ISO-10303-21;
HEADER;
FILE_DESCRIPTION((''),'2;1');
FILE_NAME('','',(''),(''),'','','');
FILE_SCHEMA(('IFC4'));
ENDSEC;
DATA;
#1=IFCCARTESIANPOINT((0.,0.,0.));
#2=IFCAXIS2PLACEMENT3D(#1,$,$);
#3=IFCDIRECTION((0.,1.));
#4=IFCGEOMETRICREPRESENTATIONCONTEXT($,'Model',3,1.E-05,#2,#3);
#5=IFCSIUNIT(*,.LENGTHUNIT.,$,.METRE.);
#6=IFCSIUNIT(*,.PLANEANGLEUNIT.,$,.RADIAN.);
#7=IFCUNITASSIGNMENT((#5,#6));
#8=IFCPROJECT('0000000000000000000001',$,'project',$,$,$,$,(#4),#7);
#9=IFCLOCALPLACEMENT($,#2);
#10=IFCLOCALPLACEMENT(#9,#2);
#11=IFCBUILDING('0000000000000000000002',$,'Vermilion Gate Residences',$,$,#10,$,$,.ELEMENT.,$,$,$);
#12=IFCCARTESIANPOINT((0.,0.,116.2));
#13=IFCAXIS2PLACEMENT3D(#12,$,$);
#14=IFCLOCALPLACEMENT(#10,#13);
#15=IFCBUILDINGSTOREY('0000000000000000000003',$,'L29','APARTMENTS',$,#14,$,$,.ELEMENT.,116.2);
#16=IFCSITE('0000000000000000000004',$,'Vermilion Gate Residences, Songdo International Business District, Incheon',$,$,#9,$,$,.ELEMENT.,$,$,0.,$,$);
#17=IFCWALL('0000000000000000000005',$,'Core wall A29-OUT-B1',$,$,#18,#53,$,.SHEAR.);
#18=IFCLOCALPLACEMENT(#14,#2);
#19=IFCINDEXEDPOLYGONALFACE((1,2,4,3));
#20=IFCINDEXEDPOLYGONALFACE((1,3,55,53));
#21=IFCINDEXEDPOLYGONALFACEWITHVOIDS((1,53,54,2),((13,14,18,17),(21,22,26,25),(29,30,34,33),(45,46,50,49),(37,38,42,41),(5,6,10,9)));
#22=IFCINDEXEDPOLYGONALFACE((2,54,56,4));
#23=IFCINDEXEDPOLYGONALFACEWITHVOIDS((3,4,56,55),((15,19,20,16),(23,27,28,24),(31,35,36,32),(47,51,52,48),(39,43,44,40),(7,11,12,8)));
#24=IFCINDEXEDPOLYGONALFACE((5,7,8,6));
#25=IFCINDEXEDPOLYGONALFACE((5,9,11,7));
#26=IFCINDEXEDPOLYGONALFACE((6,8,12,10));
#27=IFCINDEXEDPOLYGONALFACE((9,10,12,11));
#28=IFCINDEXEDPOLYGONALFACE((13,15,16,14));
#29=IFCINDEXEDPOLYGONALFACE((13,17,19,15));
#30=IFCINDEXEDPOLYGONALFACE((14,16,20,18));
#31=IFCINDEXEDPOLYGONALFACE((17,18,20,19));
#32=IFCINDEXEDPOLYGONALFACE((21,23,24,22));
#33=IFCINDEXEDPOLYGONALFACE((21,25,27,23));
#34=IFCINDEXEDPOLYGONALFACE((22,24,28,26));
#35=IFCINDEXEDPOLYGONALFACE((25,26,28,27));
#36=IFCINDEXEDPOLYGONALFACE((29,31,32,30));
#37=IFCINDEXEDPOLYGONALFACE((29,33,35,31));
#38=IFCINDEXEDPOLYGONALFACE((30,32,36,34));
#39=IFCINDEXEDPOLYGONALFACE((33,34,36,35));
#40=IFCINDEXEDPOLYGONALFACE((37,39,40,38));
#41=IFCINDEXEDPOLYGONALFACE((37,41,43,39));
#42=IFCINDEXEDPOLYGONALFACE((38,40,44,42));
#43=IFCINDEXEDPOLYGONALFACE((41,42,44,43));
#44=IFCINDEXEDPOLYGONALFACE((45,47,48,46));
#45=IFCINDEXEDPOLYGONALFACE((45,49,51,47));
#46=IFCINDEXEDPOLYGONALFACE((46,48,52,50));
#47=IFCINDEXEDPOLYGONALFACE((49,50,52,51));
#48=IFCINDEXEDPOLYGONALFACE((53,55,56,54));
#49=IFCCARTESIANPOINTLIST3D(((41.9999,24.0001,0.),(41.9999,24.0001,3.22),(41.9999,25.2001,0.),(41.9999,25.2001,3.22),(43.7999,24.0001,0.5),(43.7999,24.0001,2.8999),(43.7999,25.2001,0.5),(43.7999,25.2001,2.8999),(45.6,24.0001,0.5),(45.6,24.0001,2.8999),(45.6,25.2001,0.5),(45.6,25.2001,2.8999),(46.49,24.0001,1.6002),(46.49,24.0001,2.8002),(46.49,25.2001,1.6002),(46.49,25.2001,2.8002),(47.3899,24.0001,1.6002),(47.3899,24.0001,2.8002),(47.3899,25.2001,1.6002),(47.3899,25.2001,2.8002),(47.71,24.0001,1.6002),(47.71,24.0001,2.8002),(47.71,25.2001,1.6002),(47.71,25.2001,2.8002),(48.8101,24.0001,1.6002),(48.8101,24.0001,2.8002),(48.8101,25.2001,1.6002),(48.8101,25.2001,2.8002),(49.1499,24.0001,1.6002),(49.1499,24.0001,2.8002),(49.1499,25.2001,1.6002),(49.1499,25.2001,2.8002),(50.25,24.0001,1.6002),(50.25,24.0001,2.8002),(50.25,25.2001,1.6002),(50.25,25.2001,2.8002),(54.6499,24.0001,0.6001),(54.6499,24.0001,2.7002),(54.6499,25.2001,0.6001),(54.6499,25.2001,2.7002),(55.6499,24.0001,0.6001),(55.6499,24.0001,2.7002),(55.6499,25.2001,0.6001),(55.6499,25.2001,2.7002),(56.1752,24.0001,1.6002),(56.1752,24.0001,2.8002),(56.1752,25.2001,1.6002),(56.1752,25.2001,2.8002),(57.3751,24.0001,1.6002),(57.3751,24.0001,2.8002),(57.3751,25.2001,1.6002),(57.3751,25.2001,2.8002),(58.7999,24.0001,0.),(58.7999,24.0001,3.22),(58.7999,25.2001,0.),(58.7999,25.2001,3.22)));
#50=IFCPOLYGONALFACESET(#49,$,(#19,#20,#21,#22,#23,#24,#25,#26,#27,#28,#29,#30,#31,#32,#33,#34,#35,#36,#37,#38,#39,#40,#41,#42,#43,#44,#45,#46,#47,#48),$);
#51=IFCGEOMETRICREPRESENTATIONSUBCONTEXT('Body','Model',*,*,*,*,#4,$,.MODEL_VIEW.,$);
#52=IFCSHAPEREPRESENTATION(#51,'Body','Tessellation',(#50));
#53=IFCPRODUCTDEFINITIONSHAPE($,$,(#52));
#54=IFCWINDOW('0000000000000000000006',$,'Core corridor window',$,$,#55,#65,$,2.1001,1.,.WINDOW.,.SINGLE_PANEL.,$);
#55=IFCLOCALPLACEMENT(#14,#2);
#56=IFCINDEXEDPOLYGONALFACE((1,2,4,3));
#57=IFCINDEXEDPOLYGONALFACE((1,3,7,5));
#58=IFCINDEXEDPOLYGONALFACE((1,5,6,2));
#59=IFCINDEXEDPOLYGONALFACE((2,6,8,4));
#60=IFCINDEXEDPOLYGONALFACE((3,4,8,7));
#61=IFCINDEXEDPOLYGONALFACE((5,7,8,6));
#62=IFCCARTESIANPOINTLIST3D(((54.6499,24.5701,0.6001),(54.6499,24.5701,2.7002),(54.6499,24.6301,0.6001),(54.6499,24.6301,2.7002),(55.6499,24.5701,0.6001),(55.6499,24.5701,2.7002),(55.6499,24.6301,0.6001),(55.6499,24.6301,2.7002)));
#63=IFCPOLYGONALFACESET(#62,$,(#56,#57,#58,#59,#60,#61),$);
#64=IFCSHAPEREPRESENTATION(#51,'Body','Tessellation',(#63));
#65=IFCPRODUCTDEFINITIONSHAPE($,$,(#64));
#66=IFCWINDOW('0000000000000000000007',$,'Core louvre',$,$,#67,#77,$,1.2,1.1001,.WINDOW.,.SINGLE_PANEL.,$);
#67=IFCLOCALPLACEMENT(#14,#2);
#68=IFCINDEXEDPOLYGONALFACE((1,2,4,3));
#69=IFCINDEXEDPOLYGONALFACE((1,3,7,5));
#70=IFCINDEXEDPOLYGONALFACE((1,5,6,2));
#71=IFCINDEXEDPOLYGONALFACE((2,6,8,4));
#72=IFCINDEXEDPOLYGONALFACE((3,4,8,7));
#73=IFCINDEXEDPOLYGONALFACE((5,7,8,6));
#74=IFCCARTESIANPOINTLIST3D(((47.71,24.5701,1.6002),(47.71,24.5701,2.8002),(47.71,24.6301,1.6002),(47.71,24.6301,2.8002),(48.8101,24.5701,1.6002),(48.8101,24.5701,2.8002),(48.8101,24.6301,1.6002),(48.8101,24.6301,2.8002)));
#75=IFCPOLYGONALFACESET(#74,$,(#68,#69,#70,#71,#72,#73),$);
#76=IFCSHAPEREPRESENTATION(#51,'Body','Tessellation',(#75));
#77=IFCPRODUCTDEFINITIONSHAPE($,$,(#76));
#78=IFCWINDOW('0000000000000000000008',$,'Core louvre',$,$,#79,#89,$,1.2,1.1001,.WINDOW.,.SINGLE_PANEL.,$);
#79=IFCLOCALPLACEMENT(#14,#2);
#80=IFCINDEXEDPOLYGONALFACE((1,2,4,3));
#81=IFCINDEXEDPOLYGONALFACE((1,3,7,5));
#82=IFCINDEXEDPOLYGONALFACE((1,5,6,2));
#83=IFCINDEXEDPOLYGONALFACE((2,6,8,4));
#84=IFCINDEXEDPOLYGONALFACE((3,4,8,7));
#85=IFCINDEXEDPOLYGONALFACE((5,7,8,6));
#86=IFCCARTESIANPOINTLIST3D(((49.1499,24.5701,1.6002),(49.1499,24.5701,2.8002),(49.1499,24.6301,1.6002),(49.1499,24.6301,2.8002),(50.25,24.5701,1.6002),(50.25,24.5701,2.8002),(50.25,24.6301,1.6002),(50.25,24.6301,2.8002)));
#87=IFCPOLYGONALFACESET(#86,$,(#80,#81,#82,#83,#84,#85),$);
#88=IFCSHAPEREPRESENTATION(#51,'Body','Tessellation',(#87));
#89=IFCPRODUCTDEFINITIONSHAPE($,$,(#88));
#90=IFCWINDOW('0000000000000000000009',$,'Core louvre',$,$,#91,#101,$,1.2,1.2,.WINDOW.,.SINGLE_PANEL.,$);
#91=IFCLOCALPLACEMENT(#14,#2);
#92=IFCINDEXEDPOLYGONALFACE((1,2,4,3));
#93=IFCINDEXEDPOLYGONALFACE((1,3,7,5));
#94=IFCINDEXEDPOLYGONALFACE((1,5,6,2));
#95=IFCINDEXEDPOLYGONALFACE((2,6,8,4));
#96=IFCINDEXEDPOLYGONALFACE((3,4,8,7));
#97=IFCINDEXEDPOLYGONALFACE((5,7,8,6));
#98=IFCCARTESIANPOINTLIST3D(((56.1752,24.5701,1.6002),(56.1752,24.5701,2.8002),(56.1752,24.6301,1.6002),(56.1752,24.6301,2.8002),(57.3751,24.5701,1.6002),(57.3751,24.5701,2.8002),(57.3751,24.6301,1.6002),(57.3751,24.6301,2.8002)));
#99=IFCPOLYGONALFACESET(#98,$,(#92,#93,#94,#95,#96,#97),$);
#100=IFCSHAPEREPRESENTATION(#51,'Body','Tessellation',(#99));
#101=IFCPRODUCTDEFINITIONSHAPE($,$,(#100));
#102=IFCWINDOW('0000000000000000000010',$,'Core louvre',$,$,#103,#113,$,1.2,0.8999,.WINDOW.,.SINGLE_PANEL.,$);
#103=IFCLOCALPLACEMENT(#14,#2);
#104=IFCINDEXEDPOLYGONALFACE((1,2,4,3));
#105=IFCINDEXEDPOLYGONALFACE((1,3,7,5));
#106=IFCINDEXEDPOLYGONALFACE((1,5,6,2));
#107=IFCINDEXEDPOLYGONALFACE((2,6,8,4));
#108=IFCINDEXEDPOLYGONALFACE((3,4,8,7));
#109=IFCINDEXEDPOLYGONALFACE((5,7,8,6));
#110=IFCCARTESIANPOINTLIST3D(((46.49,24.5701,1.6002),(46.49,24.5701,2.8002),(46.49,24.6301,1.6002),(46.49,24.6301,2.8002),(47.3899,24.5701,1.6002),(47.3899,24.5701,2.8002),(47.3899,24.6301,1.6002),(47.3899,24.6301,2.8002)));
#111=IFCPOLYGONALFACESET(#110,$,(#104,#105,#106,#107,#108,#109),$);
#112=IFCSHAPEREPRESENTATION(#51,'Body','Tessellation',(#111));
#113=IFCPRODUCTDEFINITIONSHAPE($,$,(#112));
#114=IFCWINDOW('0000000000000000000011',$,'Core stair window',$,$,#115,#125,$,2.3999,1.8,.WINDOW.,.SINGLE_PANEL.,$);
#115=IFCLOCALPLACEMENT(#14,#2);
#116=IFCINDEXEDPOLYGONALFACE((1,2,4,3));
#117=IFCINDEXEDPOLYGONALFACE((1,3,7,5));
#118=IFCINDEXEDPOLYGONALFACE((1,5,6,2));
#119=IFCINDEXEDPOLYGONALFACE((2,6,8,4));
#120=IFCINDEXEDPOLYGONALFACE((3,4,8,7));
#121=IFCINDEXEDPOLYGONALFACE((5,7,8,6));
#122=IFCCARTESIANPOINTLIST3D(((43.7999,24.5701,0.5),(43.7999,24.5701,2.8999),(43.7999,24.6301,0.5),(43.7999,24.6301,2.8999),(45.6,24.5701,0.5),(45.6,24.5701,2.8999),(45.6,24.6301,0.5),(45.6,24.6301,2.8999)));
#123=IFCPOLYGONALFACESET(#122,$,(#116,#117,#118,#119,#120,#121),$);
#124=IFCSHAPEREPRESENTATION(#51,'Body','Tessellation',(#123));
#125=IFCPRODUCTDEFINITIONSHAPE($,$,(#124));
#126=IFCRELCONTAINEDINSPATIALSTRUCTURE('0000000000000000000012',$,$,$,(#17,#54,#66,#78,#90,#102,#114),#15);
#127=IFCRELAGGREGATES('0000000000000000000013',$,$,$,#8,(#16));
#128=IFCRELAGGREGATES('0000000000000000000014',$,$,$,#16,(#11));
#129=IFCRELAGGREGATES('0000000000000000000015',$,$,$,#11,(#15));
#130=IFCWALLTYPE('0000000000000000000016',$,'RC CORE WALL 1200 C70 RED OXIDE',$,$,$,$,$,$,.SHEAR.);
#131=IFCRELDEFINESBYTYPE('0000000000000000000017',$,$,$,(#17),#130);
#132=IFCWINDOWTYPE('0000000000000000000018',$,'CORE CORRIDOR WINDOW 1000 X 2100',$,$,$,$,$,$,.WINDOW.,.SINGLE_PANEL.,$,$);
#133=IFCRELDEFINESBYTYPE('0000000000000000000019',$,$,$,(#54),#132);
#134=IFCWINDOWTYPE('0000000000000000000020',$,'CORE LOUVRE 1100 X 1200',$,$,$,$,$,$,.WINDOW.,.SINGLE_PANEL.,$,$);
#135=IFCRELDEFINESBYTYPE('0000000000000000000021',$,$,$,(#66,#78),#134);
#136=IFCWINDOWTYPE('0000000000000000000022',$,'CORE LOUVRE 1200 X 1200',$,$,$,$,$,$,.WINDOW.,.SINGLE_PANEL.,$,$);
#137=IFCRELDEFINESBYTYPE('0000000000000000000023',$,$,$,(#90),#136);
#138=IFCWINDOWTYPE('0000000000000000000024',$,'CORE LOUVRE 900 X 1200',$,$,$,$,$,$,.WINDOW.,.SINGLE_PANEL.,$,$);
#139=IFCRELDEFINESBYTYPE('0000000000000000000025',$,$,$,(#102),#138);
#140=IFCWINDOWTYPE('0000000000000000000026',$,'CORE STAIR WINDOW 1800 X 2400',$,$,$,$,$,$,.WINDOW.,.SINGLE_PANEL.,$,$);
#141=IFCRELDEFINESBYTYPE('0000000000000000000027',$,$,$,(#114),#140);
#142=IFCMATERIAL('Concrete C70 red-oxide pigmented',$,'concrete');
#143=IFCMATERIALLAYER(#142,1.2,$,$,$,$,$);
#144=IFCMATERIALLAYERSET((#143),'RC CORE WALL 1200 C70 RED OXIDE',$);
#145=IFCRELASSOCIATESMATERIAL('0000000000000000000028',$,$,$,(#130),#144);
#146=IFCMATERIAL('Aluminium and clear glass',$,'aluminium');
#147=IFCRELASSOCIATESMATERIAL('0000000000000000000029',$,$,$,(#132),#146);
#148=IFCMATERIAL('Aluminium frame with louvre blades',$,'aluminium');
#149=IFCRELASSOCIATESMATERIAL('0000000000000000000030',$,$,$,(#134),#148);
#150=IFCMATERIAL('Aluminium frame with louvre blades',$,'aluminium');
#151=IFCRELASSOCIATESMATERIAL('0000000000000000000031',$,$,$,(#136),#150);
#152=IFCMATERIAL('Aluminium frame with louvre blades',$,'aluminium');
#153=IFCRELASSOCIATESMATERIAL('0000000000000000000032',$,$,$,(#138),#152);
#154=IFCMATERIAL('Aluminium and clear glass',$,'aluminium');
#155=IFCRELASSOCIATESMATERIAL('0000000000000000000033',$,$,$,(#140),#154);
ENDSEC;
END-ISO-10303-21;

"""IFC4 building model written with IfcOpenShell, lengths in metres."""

from ifc_helpers import new_model, si_unit, direction, frame, frame_2d, origin, place, context, subcontext, project, spatial, rectangle, extrude, material, layer, layer_set, type_object, element, fill, save


model = new_model("IFC4")

# Units and contexts
model_context = context("Model", 3, precision=1e-05, world=origin(), true_north=direction((0.0, 1.0)))
body_context = subcontext(model_context, "Body", "Model", "MODEL_VIEW")
ifc_project = project(units=[si_unit("LENGTHUNIT", "METRE"), si_unit("PLANEANGLEUNIT", "RADIAN")], contexts=[model_context])

# Site, building, storey
site_placement = place(None, origin())
site = spatial("IfcSite", under=ifc_project, at=site_placement, Name="Vermilion Gate Residences, Songdo International Business District, Incheon", CompositionType="ELEMENT", RefElevation=0.0)
building_placement = place(site_placement, origin())
building = spatial("IfcBuilding", under=site, at=building_placement, Name="Vermilion Gate Residences", CompositionType="ELEMENT")
storey_placement = place(building_placement, frame((0.0, 0.0, 116.2)))
storey = spatial("IfcBuildingStorey", under=building, at=storey_placement, Name="L29", Description="APARTMENTS", CompositionType="ELEMENT", Elevation=116.2)

# Wall, openings, windows
ifc_material_1 = material(Name="Concrete C70 red-oxide pigmented", Category="concrete")
ifc_layer_1 = layer(ifc_material_1, 1.2)
ifc_layer_set_1 = layer_set([ifc_layer_1], Name="RC CORE WALL 1200 C70 RED OXIDE")
wall_type_1 = type_object("IfcWallType", Name="RC CORE WALL 1200 C70 RED OXIDE", PredefinedType="SHEAR", material=ifc_layer_set_1)
wall_1_placement = place(storey_placement, frame((42.0, 24.6001, 0.0), z_axis=(0.0, 0.0, 1.0), x_axis=(1.0, 0.0, 0.0)))
wall_1 = element("IfcWall", 1, at=wall_1_placement, inside=storey, type_object=wall_type_1, Name="Core wall A29-OUT-B1", PredefinedType="SHEAR", context=body_context, shape_type="SweptSolid", body=[
    extrude(rectangle(XDim=16.8, YDim=1.2, at=frame_2d((8.3999, 0.0))), origin(), (0.0, 0.0, 1.0), 3.22),
])
opening_1_placement = place(wall_1_placement, frame((1.8, 0.0, 0.5)))
opening_1 = element("IfcOpeningElement", 2, at=opening_1_placement, cuts=wall_1, PredefinedType="OPENING", context=body_context, shape_type="SweptSolid", body=[
    extrude(rectangle(XDim=1.8, YDim=2.3999, at=frame_2d((0.8999, 1.2))), frame((0.0, 0.6099, 0.0), z_axis=(0.0, -1.0, 0.0), x_axis=(1.0, 0.0, 0.0)), (0.0, 0.0, 1.0), 1.22),
])
opening_2_placement = place(wall_1_placement, frame((4.49, 0.0, 1.6001)))
opening_2 = element("IfcOpeningElement", 3, at=opening_2_placement, cuts=wall_1, PredefinedType="OPENING", context=body_context, shape_type="SweptSolid", body=[
    extrude(rectangle(XDim=0.8999, YDim=1.2, at=frame_2d((0.45, 0.6001))), frame((0.0, 0.6099, 0.0), z_axis=(0.0, -1.0, 0.0), x_axis=(1.0, 0.0, 0.0)), (0.0, 0.0, 1.0), 1.22),
])
opening_3_placement = place(wall_1_placement, frame((5.71, 0.0, 1.6001)))
opening_3 = element("IfcOpeningElement", 4, at=opening_3_placement, cuts=wall_1, PredefinedType="OPENING", context=body_context, shape_type="SweptSolid", body=[
    extrude(rectangle(XDim=1.1001, YDim=1.2, at=frame_2d((0.55, 0.6001))), frame((0.0, 0.6099, 0.0), z_axis=(0.0, -1.0, 0.0), x_axis=(1.0, 0.0, 0.0)), (0.0, 0.0, 1.0), 1.22),
])
opening_4_placement = place(wall_1_placement, frame((7.1499, 0.0, 1.6001)))
opening_4 = element("IfcOpeningElement", 5, at=opening_4_placement, cuts=wall_1, PredefinedType="OPENING", context=body_context, shape_type="SweptSolid", body=[
    extrude(rectangle(XDim=1.1001, YDim=1.2, at=frame_2d((0.55, 0.6001))), frame((0.0, 0.6099, 0.0), z_axis=(0.0, -1.0, 0.0), x_axis=(1.0, 0.0, 0.0)), (0.0, 0.0, 1.0), 1.22),
])
opening_5_placement = place(wall_1_placement, frame((12.6499, 0.0, 0.6001)))
opening_5 = element("IfcOpeningElement", 6, at=opening_5_placement, cuts=wall_1, PredefinedType="OPENING", context=body_context, shape_type="SweptSolid", body=[
    extrude(rectangle(XDim=1.0, YDim=2.1001, at=frame_2d((0.5, 1.05))), frame((0.0, 0.6099, 0.0), z_axis=(0.0, -1.0, 0.0), x_axis=(1.0, 0.0, 0.0)), (0.0, 0.0, 1.0), 1.22),
])
opening_6_placement = place(wall_1_placement, frame((14.175, 0.0, 1.6001)))
opening_6 = element("IfcOpeningElement", 7, at=opening_6_placement, cuts=wall_1, PredefinedType="OPENING", context=body_context, shape_type="SweptSolid", body=[
    extrude(rectangle(XDim=1.2, YDim=1.2, at=frame_2d((0.6001, 0.6001))), frame((0.0, 0.6099, 0.0), z_axis=(0.0, -1.0, 0.0), x_axis=(1.0, 0.0, 0.0)), (0.0, 0.0, 1.0), 1.22),
])
ifc_material_2 = material(Name="Aluminium and clear glass", Category="aluminium")
window_type_1 = type_object("IfcWindowType", Name="CORE CORRIDOR WINDOW 1000 X 2100", PartitioningType="SINGLE_PANEL", PredefinedType="WINDOW", material=ifc_material_2)
window_1_placement = place(opening_5_placement, origin())
window_1 = element("IfcWindow", 8, at=window_1_placement, inside=storey, type_object=window_type_1, Name="Core corridor window", OverallHeight=2.1001, OverallWidth=1.0, PartitioningType="SINGLE_PANEL", PredefinedType="WINDOW", context=body_context, shape_type="SweptSolid", body=[
    extrude(rectangle(XDim=1.0, YDim=2.1001, at=frame_2d((0.5, 1.05))), frame((0.0, 0.03, 0.0), z_axis=(0.0, -1.0, 0.0), x_axis=(1.0, 0.0, 0.0)), (0.0, 0.0, 1.0), 0.0601),
])
fill(opening_5, window_1)
ifc_material_3 = material(Name="Aluminium frame with louvre blades", Category="aluminium")
window_type_2 = type_object("IfcWindowType", Name="CORE LOUVRE 1100 X 1200", PartitioningType="SINGLE_PANEL", PredefinedType="WINDOW", material=ifc_material_3)
window_2_placement = place(opening_3_placement, origin())
window_2 = element("IfcWindow", 9, at=window_2_placement, inside=storey, type_object=window_type_2, Name="Core louvre", OverallHeight=1.2, OverallWidth=1.1001, PartitioningType="SINGLE_PANEL", PredefinedType="WINDOW", context=body_context, shape_type="SweptSolid", body=[
    extrude(rectangle(XDim=1.1001, YDim=1.2, at=frame_2d((0.55, 0.6001))), frame((0.0, 0.03, 0.0), z_axis=(0.0, -1.0, 0.0), x_axis=(1.0, 0.0, 0.0)), (0.0, 0.0, 1.0), 0.0601),
])
fill(opening_3, window_2)
window_3_placement = place(opening_4_placement, origin())
window_3 = element("IfcWindow", 10, at=window_3_placement, inside=storey, type_object=window_type_2, Name="Core louvre", OverallHeight=1.2, OverallWidth=1.1001, PartitioningType="SINGLE_PANEL", PredefinedType="WINDOW", context=body_context, shape_type="SweptSolid", body=[
    extrude(rectangle(XDim=1.1001, YDim=1.2, at=frame_2d((0.55, 0.6001))), frame((0.0, 0.03, 0.0), z_axis=(0.0, -1.0, 0.0), x_axis=(1.0, 0.0, 0.0)), (0.0, 0.0, 1.0), 0.0601),
])
fill(opening_4, window_3)
ifc_material_4 = material(Name="Aluminium frame with louvre blades", Category="aluminium")
window_type_3 = type_object("IfcWindowType", Name="CORE LOUVRE 1200 X 1200", PartitioningType="SINGLE_PANEL", PredefinedType="WINDOW", material=ifc_material_4)
window_4_placement = place(opening_6_placement, origin())
window_4 = element("IfcWindow", 11, at=window_4_placement, inside=storey, type_object=window_type_3, Name="Core louvre", OverallHeight=1.2, OverallWidth=1.2, PartitioningType="SINGLE_PANEL", PredefinedType="WINDOW", context=body_context, shape_type="SweptSolid", body=[
    extrude(rectangle(XDim=1.2, YDim=1.2, at=frame_2d((0.6001, 0.6001))), frame((0.0, 0.03, 0.0), z_axis=(0.0, -1.0, 0.0), x_axis=(1.0, 0.0, 0.0)), (0.0, 0.0, 1.0), 0.0601),
])
fill(opening_6, window_4)
ifc_material_5 = material(Name="Aluminium frame with louvre blades", Category="aluminium")
window_type_4 = type_object("IfcWindowType", Name="CORE LOUVRE 900 X 1200", PartitioningType="SINGLE_PANEL", PredefinedType="WINDOW", material=ifc_material_5)
window_5_placement = place(opening_2_placement, origin())
window_5 = element("IfcWindow", 12, at=window_5_placement, inside=storey, type_object=window_type_4, Name="Core louvre", OverallHeight=1.2, OverallWidth=0.8999, PartitioningType="SINGLE_PANEL", PredefinedType="WINDOW", context=body_context, shape_type="SweptSolid", body=[
    extrude(rectangle(XDim=0.8999, YDim=1.2, at=frame_2d((0.45, 0.6001))), frame((0.0, 0.03, 0.0), z_axis=(0.0, -1.0, 0.0), x_axis=(1.0, 0.0, 0.0)), (0.0, 0.0, 1.0), 0.0601),
])
fill(opening_2, window_5)
ifc_material_6 = material(Name="Aluminium and clear glass", Category="aluminium")
window_type_5 = type_object("IfcWindowType", Name="CORE STAIR WINDOW 1800 X 2400", PartitioningType="SINGLE_PANEL", PredefinedType="WINDOW", material=ifc_material_6)
window_6_placement = place(opening_1_placement, origin())
window_6 = element("IfcWindow", 13, at=window_6_placement, inside=storey, type_object=window_type_5, Name="Core stair window", OverallHeight=2.3999, OverallWidth=1.8, PartitioningType="SINGLE_PANEL", PredefinedType="WINDOW", context=body_context, shape_type="SweptSolid", body=[
    extrude(rectangle(XDim=1.8, YDim=2.3999, at=frame_2d((0.8999, 1.2))), frame((0.0, 0.03, 0.0), z_axis=(0.0, -1.0, 0.0), x_axis=(1.0, 0.0, 0.0)), (0.0, 0.0, 1.0), 0.0601),
])
fill(opening_1, window_6)

save(model, "model.ifc")
